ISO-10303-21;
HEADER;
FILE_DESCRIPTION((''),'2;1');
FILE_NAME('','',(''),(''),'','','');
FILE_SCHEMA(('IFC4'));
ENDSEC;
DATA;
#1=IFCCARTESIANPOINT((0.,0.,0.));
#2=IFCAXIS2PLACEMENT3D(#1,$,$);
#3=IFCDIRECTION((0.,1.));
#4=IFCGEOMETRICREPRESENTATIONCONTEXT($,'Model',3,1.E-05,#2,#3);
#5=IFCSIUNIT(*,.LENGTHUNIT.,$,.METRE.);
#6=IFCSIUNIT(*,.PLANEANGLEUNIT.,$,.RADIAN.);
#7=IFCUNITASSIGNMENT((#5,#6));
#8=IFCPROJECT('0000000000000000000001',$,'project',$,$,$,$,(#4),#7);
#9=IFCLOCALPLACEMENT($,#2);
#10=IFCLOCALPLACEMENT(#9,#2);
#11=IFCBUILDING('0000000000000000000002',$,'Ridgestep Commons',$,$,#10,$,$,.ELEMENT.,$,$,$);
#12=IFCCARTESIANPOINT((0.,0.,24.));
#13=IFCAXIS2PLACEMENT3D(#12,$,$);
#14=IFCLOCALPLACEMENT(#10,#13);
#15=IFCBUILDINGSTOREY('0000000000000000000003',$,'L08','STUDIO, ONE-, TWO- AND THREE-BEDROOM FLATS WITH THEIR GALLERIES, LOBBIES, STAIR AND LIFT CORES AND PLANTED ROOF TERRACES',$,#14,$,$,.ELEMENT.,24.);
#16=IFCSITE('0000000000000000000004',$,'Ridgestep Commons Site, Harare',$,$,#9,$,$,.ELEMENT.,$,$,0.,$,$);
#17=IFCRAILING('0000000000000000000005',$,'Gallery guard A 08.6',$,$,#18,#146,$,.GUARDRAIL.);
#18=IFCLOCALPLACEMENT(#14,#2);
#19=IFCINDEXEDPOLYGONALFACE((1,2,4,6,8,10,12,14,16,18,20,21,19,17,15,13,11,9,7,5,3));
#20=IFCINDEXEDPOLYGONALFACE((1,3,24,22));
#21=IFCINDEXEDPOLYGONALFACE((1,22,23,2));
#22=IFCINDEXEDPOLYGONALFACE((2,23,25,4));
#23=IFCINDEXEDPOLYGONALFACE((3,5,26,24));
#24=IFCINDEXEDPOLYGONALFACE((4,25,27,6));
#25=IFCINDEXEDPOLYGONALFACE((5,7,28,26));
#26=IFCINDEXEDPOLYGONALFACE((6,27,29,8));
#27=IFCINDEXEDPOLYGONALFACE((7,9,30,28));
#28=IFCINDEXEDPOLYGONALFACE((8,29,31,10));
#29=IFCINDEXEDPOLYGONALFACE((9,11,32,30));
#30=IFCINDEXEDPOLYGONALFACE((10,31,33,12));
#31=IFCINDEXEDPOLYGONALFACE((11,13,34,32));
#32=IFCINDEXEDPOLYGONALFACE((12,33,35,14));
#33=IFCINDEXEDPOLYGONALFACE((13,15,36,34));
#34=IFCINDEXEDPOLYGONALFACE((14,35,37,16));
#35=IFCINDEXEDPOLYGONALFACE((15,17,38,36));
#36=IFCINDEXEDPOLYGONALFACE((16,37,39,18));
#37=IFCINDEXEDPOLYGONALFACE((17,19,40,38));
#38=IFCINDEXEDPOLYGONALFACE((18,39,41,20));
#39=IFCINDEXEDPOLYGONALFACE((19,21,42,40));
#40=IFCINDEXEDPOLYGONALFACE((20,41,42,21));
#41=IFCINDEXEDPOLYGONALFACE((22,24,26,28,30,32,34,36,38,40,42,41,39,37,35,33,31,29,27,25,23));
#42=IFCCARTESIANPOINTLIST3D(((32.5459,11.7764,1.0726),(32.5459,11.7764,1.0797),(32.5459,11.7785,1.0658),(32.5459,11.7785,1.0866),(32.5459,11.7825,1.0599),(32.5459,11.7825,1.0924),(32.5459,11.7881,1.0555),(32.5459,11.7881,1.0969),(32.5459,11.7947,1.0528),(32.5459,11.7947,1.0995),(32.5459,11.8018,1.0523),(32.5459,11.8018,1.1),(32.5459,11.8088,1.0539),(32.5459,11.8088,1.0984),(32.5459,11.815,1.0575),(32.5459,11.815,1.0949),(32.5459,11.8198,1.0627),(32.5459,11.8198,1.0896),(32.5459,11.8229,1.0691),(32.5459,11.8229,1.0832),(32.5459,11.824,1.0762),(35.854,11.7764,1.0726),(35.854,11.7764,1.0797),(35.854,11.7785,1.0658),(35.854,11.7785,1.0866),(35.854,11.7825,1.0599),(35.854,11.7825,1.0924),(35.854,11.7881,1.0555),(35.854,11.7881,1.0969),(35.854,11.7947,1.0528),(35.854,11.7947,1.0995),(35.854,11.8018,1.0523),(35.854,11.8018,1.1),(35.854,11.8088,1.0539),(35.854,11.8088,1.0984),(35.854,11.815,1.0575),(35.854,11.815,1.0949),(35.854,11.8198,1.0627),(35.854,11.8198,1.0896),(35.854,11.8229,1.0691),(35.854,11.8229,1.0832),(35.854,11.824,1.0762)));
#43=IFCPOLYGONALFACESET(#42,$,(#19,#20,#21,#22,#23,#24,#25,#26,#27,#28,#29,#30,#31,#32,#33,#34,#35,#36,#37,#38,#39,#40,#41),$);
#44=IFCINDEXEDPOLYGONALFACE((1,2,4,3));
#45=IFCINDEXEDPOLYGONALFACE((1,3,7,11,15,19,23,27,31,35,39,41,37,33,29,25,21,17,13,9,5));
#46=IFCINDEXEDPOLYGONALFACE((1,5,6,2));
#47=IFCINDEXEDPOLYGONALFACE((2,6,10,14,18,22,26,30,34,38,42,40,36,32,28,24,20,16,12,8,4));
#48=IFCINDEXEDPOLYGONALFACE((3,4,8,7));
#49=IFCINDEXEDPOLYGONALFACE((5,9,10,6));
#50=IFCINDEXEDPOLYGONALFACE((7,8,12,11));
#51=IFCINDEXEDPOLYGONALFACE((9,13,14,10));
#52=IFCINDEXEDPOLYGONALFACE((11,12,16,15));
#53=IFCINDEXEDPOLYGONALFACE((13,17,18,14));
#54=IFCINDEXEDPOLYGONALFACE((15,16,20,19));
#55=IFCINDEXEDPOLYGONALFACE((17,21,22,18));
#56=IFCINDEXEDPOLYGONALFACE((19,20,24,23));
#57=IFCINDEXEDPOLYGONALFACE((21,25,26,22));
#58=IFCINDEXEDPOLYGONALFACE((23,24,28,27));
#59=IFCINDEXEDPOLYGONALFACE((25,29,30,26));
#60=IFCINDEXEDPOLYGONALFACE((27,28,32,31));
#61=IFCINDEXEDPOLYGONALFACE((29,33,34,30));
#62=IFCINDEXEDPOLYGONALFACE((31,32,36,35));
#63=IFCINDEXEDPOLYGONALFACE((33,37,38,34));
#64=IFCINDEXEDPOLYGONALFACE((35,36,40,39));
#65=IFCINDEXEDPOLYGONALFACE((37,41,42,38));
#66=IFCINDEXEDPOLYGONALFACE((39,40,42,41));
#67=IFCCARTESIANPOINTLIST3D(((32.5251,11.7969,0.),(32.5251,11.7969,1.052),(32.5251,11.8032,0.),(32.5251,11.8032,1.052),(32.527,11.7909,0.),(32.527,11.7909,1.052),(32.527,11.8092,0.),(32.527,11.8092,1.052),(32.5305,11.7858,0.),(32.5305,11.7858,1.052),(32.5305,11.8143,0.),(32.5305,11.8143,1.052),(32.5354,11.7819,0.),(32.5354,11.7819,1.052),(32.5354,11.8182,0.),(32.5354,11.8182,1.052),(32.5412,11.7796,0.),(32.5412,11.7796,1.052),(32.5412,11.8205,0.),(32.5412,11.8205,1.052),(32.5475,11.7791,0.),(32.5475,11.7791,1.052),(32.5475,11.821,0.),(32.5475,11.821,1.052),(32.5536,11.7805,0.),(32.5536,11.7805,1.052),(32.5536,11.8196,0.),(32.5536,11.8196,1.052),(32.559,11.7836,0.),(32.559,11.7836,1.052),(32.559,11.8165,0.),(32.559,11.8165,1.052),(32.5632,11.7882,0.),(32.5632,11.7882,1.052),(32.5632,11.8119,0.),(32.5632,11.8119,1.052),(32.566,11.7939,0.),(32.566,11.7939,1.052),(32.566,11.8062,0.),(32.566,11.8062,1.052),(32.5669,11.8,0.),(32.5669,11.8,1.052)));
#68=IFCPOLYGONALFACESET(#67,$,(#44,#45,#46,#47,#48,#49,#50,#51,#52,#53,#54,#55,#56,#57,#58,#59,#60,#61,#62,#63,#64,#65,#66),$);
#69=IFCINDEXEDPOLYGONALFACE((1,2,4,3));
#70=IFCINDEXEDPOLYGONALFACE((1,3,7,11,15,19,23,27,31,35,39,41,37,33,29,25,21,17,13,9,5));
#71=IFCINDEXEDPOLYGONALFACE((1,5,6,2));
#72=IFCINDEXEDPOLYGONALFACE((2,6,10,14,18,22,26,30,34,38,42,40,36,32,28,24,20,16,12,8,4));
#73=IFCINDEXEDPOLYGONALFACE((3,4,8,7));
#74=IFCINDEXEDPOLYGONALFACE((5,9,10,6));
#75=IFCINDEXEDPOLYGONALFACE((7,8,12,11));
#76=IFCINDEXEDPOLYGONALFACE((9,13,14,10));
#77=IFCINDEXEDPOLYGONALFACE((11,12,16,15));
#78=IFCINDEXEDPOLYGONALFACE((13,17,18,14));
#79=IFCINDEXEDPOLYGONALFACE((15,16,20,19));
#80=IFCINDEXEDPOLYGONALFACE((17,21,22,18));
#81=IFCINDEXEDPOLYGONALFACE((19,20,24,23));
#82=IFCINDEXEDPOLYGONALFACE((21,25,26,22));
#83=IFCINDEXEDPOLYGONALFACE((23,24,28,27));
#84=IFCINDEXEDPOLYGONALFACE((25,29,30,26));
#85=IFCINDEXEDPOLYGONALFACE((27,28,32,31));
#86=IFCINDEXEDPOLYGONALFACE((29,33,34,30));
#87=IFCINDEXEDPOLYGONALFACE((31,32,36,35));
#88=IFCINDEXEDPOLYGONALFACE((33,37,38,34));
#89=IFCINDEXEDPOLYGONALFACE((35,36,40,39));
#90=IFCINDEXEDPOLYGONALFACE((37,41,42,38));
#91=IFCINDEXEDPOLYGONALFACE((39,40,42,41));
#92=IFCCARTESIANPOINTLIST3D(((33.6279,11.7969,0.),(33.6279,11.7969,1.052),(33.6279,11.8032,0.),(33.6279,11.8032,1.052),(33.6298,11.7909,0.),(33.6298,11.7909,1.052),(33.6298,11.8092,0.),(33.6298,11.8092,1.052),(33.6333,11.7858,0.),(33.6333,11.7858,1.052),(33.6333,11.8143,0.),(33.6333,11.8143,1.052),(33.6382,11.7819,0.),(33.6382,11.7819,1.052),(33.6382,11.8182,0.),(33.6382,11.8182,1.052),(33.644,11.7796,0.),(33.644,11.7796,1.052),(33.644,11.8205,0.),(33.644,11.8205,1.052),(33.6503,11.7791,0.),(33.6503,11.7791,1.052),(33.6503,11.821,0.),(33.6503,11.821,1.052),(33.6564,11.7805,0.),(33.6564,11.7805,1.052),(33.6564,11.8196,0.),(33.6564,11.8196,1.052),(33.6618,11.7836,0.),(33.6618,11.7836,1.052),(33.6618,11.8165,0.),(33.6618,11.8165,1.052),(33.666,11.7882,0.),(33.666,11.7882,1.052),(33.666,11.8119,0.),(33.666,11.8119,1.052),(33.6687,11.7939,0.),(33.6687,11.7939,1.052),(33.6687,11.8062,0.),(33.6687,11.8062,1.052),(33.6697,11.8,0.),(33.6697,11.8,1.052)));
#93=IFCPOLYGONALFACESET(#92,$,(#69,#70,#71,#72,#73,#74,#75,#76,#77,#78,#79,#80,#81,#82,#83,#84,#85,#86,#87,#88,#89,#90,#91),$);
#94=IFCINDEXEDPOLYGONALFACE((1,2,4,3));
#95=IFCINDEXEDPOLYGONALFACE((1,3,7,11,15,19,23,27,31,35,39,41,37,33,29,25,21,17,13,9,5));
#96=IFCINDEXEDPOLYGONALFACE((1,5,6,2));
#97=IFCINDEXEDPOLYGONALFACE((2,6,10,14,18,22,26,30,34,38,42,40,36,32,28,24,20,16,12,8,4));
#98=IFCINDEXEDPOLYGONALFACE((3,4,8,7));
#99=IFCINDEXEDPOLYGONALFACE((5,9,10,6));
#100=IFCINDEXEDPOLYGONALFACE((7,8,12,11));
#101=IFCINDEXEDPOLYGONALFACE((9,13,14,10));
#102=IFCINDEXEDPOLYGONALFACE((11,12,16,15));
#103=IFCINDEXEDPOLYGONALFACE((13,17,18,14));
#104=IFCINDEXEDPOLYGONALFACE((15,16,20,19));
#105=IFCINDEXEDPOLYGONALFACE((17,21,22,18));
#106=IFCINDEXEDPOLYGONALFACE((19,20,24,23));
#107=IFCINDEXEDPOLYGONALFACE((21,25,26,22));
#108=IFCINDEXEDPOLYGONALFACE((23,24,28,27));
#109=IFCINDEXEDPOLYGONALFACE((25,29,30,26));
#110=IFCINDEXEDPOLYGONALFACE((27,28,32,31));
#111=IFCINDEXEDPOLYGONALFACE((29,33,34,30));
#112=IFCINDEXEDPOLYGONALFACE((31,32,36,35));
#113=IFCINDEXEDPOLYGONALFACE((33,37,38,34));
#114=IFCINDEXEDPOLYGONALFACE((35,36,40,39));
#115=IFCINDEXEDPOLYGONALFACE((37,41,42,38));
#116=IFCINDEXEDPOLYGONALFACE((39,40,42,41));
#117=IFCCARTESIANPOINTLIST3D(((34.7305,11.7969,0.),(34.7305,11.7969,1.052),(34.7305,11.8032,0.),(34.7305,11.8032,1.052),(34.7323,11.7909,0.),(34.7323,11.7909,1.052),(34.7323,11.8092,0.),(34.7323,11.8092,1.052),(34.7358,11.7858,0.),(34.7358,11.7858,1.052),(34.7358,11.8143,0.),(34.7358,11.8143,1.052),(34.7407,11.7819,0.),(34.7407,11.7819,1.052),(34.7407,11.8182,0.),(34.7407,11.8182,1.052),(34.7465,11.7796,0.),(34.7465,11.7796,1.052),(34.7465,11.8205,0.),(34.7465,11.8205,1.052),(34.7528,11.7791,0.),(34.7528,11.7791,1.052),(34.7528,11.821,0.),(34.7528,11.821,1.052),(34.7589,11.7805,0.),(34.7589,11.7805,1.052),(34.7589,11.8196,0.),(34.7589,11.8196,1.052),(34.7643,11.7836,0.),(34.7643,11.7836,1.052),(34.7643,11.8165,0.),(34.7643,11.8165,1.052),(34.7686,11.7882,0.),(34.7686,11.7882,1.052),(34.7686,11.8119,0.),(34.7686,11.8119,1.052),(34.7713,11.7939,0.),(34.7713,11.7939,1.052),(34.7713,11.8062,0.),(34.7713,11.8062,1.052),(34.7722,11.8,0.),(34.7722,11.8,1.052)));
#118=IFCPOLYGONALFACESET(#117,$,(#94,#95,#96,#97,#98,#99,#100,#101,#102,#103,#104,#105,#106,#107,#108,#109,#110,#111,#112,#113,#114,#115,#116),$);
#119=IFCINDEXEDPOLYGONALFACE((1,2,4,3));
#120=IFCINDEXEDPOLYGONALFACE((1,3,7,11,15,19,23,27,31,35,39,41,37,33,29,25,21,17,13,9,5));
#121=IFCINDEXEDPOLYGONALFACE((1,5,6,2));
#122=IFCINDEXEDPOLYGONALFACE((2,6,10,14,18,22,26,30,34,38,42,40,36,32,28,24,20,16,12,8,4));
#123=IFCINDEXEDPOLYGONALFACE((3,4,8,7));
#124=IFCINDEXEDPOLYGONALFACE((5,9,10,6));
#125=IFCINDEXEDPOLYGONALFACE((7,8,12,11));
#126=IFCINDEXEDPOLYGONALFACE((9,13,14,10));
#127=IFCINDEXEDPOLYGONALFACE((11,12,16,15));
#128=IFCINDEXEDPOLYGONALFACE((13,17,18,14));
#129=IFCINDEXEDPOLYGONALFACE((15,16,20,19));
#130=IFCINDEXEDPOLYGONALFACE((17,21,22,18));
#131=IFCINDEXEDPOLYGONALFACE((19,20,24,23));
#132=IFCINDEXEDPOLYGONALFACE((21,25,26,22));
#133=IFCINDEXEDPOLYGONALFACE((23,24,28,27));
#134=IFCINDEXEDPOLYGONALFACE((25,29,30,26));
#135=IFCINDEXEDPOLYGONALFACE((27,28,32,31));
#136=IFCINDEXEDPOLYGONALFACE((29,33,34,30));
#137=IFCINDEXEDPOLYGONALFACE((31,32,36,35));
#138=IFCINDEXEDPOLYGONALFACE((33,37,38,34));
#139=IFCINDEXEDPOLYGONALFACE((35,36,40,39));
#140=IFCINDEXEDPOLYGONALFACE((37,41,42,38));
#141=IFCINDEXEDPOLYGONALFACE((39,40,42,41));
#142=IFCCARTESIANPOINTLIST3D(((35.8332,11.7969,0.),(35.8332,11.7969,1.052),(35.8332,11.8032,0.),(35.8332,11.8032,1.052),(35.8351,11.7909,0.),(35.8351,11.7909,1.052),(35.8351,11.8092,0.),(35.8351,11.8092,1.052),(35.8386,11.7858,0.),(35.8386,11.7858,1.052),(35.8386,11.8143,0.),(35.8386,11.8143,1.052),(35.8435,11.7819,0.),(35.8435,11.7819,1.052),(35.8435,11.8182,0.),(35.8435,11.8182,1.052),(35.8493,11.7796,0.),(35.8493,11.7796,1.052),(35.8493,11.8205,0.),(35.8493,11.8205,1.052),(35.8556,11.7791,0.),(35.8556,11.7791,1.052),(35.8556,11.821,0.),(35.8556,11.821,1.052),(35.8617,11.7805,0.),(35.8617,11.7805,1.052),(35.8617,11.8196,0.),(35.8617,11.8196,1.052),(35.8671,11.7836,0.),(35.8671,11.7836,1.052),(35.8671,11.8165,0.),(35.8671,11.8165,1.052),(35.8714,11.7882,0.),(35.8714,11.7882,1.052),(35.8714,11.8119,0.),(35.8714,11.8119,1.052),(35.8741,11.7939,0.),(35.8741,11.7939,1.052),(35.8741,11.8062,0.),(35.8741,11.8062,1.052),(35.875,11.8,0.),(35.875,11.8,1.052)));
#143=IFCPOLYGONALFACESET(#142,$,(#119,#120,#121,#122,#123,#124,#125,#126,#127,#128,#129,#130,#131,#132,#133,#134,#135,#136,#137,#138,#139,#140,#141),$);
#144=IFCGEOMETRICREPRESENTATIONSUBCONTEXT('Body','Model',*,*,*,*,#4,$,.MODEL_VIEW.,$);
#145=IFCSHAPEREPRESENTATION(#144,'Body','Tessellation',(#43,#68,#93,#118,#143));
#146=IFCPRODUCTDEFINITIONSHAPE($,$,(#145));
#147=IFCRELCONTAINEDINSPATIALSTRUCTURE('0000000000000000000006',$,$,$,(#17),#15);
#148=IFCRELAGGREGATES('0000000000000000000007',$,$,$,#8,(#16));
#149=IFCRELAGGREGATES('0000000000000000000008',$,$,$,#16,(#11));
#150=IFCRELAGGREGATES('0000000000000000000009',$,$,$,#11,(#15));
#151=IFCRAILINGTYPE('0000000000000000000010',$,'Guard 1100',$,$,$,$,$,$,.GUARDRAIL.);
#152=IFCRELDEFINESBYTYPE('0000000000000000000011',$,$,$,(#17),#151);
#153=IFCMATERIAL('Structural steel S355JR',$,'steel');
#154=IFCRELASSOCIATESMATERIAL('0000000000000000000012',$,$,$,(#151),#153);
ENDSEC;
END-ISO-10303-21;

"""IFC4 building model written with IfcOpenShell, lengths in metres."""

from ifc_helpers import new_model, si_unit, direction, frame, origin, origin_2d, place, context, subcontext, project, spatial, circle, extrude, material, type_object, element, save


model = new_model("IFC4")

# Units and contexts
model_context = context("Model", 3, precision=1e-05, world=origin(), true_north=direction((0.0, 1.0)))
body_context = subcontext(model_context, "Body", "Model", "MODEL_VIEW")
ifc_project = project(units=[si_unit("LENGTHUNIT", "METRE"), si_unit("PLANEANGLEUNIT", "RADIAN")], contexts=[model_context])

# Site, building, storey
site_placement = place(None, origin())
site = spatial("IfcSite", under=ifc_project, at=site_placement, Name="Ridgestep Commons Site, Harare", CompositionType="ELEMENT", RefElevation=0.0)
building_placement = place(site_placement, origin())
building = spatial("IfcBuilding", under=site, at=building_placement, Name="Ridgestep Commons", CompositionType="ELEMENT")
storey_placement = place(building_placement, frame((0.0, 0.0, 24.0)))
storey = spatial("IfcBuildingStorey", under=building, at=storey_placement, Name="L08", Description="STUDIO, ONE-, TWO- AND THREE-BEDROOM FLATS WITH THEIR GALLERIES, LOBBIES, STAIR AND LIFT CORES AND PLANTED ROOF TERRACES", CompositionType="ELEMENT", Elevation=24.0)

# Railing
ifc_material_1 = material(Name="Structural steel S355JR", Category="steel")
railing_type = type_object("IfcRailingType", Name="Guard 1100", PredefinedType="GUARDRAIL", material=ifc_material_1)
for number, where, name in (
    (1, (32.5459, 11.8, 0.0), "Gallery guard A 08.6"),
):
    element("IfcRailing", number, at=place(storey_placement, frame(where)), inside=storey, type_object=railing_type, Name=name, PredefinedType="GUARDRAIL", context=body_context, shape_type="SweptSolid", body=[
        extrude(circle(Radius=0.0239, at=origin_2d()), frame((0.0, 0.0, 1.0762), z_axis=(1.0, 0.0, 0.0), x_axis=(0.0, 1.0, 0.0)), (0.0, 0.0, 1.0), 3.3081),
        extrude(circle(Radius=0.021, at=origin_2d()), origin(), (0.0, 0.0, 1.0), 1.052),
        extrude(circle(Radius=0.021, at=origin_2d()), frame((1.1028, 0.0, 0.0)), (0.0, 0.0, 1.0), 1.052),
        extrude(circle(Radius=0.021, at=origin_2d()), frame((2.2053, 0.0, 0.0)), (0.0, 0.0, 1.0), 1.052),
        extrude(circle(Radius=0.021, at=origin_2d()), frame((3.3081, 0.0, 0.0)), (0.0, 0.0, 1.0), 1.052),
    ])

save(model, "model.ifc")
